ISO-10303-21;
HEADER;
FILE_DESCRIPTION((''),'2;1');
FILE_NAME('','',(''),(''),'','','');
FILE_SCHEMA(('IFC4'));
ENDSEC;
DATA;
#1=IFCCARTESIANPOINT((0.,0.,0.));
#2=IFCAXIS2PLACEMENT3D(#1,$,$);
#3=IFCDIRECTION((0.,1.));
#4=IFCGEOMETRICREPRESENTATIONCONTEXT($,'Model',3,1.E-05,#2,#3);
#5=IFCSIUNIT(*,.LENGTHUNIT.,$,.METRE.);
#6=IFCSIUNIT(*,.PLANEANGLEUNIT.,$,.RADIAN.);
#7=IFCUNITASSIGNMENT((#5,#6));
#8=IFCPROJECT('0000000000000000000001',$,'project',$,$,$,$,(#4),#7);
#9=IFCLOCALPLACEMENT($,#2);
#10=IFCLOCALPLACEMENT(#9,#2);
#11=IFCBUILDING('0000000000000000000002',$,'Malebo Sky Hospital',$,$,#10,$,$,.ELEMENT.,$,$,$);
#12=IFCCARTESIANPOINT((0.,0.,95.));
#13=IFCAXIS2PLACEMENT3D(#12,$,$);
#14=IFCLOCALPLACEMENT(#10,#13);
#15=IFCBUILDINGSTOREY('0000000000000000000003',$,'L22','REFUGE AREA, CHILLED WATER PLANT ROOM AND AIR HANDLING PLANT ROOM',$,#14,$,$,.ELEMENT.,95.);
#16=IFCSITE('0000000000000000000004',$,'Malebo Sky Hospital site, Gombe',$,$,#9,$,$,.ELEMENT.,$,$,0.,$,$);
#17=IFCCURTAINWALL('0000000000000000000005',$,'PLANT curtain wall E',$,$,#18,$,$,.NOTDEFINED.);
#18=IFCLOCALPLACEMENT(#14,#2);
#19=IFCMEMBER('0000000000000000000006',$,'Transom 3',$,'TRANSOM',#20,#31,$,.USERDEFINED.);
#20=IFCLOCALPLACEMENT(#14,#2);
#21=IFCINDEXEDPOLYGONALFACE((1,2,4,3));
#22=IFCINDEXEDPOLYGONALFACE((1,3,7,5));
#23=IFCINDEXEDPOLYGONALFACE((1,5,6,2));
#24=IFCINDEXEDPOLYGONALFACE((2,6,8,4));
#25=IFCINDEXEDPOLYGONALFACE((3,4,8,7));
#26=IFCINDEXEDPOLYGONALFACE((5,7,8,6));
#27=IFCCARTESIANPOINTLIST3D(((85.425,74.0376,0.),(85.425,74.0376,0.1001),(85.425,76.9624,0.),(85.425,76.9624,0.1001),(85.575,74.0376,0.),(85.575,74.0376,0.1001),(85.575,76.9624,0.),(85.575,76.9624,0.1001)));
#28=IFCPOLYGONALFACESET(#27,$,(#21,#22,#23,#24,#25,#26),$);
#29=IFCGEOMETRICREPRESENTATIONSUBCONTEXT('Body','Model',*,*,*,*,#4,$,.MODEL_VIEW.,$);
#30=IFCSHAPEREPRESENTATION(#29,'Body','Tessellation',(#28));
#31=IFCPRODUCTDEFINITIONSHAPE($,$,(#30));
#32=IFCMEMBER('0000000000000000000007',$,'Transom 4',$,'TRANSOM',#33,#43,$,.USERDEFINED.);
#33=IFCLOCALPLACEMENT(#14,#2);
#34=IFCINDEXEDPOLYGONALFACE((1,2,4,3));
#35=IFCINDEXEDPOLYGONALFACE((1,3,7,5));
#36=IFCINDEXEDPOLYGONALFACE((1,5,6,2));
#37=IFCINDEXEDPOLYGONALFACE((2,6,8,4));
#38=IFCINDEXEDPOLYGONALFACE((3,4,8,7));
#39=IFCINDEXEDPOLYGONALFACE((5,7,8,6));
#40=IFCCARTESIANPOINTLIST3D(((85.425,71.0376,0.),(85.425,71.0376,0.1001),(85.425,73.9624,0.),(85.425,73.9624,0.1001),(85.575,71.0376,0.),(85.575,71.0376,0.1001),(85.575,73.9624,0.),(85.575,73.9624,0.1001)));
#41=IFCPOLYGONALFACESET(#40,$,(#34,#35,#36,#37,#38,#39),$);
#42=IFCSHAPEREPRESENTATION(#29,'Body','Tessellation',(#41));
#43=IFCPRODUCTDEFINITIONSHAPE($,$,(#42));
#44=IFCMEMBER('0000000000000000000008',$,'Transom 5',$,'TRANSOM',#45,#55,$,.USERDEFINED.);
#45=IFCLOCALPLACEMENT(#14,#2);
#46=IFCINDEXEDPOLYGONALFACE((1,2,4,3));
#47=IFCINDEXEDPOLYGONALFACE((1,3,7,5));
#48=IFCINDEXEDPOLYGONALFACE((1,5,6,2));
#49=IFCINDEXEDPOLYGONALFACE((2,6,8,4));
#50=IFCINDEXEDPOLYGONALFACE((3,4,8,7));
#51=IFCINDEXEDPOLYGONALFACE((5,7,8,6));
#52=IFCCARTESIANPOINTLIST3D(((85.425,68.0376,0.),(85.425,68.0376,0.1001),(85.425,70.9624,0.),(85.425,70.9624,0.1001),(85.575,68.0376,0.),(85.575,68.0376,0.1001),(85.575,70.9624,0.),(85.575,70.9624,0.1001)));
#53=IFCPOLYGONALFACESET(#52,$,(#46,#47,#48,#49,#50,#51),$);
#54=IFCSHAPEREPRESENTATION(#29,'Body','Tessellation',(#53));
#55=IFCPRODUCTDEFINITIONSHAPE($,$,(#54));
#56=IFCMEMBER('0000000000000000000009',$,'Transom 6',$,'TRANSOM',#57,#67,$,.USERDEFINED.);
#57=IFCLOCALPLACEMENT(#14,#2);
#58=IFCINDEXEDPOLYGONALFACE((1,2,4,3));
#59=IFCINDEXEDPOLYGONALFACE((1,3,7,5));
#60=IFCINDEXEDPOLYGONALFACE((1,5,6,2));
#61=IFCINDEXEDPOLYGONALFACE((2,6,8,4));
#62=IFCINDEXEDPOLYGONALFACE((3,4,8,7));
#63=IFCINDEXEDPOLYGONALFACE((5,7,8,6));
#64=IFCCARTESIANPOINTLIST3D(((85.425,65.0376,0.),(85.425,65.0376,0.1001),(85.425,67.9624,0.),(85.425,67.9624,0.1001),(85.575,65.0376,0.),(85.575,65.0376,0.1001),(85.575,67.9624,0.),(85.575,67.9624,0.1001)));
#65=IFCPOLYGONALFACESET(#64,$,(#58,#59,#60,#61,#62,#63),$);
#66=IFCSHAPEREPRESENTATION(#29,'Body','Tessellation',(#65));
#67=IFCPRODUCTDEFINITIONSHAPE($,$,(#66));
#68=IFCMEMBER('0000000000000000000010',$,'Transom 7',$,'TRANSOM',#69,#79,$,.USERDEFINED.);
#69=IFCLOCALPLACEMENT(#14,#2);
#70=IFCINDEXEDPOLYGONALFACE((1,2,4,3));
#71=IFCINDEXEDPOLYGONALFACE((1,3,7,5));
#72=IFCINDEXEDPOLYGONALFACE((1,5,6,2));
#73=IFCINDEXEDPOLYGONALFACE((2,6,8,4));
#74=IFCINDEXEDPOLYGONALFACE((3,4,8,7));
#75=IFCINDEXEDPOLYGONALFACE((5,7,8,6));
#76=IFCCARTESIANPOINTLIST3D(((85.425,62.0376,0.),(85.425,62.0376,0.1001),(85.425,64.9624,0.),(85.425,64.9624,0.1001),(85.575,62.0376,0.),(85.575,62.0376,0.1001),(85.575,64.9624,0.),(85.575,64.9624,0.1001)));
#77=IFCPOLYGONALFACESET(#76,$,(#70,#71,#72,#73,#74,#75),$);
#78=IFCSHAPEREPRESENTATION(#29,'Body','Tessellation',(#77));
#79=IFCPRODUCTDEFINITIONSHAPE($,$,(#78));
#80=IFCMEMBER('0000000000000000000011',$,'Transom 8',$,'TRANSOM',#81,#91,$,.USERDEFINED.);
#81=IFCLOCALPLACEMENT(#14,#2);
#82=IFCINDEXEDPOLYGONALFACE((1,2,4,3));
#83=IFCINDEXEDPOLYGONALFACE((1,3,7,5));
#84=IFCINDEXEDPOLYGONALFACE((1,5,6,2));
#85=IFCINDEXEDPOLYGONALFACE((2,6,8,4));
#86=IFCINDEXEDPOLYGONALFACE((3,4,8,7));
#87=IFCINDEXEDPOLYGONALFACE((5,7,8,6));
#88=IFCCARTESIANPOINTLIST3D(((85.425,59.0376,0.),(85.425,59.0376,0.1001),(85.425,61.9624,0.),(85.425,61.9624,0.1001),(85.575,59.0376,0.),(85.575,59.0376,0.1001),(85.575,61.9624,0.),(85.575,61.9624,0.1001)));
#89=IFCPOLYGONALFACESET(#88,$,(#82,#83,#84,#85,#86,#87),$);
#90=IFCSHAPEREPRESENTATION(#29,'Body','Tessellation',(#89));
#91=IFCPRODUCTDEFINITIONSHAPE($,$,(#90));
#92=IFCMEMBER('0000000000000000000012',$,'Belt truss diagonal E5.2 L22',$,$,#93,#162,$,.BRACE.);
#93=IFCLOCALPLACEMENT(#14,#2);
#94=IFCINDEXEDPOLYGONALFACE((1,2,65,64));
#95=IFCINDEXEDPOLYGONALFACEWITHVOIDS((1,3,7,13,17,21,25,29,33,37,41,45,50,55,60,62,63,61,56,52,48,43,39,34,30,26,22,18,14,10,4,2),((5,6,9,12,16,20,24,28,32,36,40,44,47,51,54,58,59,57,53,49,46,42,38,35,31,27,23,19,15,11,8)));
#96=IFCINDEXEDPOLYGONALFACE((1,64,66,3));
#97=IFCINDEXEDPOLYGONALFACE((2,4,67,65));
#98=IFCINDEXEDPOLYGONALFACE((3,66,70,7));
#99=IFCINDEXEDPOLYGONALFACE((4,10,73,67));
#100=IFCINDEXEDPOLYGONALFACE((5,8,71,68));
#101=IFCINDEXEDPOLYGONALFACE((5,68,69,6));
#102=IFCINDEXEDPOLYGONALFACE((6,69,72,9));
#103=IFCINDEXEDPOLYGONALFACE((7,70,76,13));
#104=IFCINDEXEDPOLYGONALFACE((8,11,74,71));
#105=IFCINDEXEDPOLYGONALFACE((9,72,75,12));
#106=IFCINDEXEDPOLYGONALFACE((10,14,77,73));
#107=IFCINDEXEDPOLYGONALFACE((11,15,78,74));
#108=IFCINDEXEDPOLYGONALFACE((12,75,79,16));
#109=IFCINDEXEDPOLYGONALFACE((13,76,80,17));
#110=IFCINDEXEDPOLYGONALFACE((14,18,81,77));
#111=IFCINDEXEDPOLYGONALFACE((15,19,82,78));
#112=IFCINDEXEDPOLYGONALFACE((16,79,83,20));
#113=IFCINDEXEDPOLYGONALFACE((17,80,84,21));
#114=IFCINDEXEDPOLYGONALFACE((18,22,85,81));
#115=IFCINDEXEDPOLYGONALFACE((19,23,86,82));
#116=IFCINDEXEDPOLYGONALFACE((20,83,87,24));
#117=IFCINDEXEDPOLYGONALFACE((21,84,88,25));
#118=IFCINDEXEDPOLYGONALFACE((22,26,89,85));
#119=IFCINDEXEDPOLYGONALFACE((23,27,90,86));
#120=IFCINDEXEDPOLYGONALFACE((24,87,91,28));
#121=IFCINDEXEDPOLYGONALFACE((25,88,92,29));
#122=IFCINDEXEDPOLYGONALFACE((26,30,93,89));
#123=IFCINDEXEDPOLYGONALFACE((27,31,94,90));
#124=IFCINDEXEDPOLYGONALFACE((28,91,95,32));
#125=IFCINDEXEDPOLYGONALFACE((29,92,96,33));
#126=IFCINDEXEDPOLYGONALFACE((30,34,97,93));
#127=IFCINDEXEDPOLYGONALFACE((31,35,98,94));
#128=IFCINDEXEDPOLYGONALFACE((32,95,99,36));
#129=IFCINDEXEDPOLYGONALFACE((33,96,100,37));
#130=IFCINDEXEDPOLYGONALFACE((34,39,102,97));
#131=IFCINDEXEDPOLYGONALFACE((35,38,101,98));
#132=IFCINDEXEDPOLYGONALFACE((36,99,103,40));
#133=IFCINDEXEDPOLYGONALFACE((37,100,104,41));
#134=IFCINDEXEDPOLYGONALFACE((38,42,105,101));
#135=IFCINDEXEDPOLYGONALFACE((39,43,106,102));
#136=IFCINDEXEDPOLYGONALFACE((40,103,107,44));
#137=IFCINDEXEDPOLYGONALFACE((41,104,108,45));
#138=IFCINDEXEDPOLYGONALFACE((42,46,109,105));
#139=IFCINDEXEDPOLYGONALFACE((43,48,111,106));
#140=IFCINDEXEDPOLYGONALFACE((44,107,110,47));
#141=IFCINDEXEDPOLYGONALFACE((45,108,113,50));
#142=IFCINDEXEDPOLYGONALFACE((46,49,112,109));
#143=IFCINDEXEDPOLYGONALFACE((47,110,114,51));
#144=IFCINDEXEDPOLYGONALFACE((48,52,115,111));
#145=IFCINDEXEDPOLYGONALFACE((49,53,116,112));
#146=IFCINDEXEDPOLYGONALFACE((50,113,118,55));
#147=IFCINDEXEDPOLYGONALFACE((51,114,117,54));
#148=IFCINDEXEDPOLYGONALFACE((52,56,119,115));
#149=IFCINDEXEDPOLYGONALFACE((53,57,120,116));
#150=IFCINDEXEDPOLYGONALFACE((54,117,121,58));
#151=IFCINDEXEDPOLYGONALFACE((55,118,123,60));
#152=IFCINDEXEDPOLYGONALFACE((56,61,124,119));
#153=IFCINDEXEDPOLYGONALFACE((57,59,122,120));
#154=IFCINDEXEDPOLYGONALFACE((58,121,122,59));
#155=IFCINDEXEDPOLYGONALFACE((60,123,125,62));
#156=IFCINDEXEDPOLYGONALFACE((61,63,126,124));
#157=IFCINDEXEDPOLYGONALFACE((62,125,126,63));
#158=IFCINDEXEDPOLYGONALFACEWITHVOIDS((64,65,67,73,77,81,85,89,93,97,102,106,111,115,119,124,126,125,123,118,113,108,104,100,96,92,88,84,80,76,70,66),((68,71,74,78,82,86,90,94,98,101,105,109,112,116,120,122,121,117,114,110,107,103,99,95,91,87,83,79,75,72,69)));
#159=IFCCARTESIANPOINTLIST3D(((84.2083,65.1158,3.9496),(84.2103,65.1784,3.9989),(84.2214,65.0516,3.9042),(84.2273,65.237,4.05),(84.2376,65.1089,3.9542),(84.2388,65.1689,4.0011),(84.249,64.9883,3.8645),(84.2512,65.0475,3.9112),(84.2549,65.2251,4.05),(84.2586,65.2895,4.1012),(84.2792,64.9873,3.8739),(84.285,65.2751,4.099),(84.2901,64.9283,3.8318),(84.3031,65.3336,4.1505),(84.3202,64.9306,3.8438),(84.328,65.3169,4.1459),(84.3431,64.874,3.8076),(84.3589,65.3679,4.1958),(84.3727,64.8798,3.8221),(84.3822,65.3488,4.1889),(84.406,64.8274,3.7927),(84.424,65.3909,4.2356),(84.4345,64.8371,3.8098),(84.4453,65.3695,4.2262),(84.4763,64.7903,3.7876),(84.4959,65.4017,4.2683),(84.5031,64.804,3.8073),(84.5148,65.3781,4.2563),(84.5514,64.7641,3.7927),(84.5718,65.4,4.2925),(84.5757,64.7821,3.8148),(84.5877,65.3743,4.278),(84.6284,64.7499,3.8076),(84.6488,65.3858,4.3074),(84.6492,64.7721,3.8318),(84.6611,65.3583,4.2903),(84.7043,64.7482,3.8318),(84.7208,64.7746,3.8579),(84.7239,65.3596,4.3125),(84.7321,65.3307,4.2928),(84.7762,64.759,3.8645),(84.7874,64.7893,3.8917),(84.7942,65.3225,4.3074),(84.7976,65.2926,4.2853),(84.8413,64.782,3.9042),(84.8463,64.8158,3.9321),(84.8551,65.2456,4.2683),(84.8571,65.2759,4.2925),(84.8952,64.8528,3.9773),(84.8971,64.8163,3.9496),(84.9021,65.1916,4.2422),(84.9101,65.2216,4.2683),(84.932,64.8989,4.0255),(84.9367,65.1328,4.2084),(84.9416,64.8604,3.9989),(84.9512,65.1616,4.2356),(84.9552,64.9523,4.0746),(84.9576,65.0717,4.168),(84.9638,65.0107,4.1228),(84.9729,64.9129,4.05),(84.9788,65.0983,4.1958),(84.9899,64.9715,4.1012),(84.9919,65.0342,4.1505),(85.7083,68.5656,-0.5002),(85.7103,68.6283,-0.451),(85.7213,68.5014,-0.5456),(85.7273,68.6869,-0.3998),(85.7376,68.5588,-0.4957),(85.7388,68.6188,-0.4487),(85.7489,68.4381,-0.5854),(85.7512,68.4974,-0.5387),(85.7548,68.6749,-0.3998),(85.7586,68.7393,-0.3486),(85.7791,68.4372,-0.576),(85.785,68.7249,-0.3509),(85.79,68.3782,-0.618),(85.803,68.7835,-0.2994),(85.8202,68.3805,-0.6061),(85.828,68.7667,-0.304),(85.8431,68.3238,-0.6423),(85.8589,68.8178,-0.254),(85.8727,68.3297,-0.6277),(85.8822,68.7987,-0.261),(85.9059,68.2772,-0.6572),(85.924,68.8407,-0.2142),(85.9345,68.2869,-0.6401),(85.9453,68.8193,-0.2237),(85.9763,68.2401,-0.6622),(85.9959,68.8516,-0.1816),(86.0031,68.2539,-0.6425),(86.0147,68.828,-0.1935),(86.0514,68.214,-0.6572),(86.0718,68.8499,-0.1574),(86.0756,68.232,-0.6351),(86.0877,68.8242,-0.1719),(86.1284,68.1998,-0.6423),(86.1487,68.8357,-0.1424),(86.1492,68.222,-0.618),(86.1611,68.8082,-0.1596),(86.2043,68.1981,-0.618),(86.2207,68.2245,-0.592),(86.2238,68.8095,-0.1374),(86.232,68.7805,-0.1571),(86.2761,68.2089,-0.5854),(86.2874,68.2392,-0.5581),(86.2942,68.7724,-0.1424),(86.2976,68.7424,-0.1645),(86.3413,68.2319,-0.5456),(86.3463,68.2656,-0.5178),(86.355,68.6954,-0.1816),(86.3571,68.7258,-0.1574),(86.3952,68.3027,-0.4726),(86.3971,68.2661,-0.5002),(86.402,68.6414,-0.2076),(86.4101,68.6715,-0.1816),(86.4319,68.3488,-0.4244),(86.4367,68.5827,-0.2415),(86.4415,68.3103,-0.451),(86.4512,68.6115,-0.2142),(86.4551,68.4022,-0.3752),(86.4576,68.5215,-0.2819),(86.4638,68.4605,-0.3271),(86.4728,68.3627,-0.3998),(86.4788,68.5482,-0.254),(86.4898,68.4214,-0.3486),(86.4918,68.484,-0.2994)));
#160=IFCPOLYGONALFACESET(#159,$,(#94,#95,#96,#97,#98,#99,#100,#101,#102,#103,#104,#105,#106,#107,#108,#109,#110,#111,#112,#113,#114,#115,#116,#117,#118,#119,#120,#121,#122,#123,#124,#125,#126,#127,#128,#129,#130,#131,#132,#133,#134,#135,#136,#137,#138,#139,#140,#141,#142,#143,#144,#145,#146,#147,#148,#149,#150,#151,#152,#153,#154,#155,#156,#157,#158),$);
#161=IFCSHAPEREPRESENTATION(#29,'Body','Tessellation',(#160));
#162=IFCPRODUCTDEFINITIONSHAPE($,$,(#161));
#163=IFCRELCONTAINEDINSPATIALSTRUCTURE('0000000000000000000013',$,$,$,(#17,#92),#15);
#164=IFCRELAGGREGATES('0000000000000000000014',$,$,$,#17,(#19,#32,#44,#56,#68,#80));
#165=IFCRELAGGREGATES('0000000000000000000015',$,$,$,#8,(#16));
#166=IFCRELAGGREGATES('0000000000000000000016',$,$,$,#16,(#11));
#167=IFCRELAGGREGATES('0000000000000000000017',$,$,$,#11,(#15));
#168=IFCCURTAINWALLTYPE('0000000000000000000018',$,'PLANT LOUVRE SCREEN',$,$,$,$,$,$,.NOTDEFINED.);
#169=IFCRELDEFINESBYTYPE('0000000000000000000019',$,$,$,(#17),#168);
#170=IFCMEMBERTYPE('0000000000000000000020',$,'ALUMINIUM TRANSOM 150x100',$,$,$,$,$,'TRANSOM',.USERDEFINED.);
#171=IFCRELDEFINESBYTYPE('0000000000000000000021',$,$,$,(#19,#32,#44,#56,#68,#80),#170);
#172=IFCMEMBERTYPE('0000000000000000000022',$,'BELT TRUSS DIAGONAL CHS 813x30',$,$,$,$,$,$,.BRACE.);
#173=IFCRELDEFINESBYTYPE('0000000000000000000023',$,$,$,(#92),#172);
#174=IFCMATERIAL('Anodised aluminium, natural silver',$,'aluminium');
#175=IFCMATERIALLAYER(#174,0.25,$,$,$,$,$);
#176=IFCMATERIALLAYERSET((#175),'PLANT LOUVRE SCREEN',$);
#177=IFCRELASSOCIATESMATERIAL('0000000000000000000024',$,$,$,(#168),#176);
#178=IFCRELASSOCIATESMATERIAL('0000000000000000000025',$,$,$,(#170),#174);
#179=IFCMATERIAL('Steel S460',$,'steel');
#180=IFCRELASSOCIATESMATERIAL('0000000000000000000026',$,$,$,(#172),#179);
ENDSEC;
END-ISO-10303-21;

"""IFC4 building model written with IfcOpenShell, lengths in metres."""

from ifc_helpers import new_model, si_unit, direction, frame, origin, origin_2d, place, context, subcontext, project, spatial, rectangle, hollow_circle, extrude, material, layer, layer_set, material_profile, profile_set, type_object, element, aggregate, save


model = new_model("IFC4")

# Units and contexts
model_context = context("Model", 3, precision=1e-05, world=origin(), true_north=direction((0.0, 1.0)))
body_context = subcontext(model_context, "Body", "Model", "MODEL_VIEW")
ifc_project = project(units=[si_unit("LENGTHUNIT", "METRE"), si_unit("PLANEANGLEUNIT", "RADIAN")], contexts=[model_context])

# Site, building, storey
site_placement = place(None, origin())
site = spatial("IfcSite", under=ifc_project, at=site_placement, Name="Malebo Sky Hospital site, Gombe", CompositionType="ELEMENT", RefElevation=0.0)
building_placement = place(site_placement, origin())
building = spatial("IfcBuilding", under=site, at=building_placement, Name="Malebo Sky Hospital", CompositionType="ELEMENT")
storey_placement = place(building_placement, frame((0.0, 0.0, 95.0)))
storey = spatial("IfcBuildingStorey", under=building, at=storey_placement, Name="L22", Description="REFUGE AREA, CHILLED WATER PLANT ROOM AND AIR HANDLING PLANT ROOM", CompositionType="ELEMENT", Elevation=95.0)

# Curtain wall, members
ifc_material_1 = material(Name="Anodised aluminium, natural silver", Category="aluminium")
ifc_layer_1 = layer(ifc_material_1, 0.25)
ifc_layer_set_1 = layer_set([ifc_layer_1], Name="PLANT LOUVRE SCREEN")
curtain_wall_type = type_object("IfcCurtainWallType", Name="PLANT LOUVRE SCREEN", PredefinedType="NOTDEFINED", material=ifc_layer_set_1)
curtain_wall_placement = place(storey_placement, origin())
curtain_wall = element("IfcCurtainWall", 1, at=curtain_wall_placement, inside=storey, type_object=curtain_wall_type, Name="PLANT curtain wall E", PredefinedType="NOTDEFINED")
ifc_material_profile_1 = material_profile(ifc_material_1, rectangle(XDim=0.1499, YDim=0.1001, at=origin_2d()), Name="ALUMINIUM TRANSOM 150x100")
ifc_profile_set_1 = profile_set([ifc_material_profile_1], Name="Anodised aluminium, natural silver")
member_type_1 = type_object("IfcMemberType", Name="ALUMINIUM TRANSOM 150x100", ElementType="TRANSOM", PredefinedType="USERDEFINED", material=ifc_profile_set_1)
member_1_placement = place(storey_placement, frame((85.5, 76.9624, 0.05), z_axis=(0.0, -1.0, 0.0), x_axis=(1.0, 0.0, 0.0)))
member_1 = element("IfcMember", 2, at=member_1_placement, type_object=member_type_1, Name="Transom 3", ObjectType="TRANSOM", PredefinedType="USERDEFINED", context=body_context, shape_type="SweptSolid", body=[
    extrude(rectangle(XDim=0.1499, YDim=0.1001, at=origin_2d()), origin(), (0.0, 0.0, 1.0), 2.9248),
])
member_2_placement = place(storey_placement, frame((85.5, 73.9624, 0.05), z_axis=(0.0, -1.0, 0.0), x_axis=(1.0, 0.0, 0.0)))
member_2 = element("IfcMember", 3, at=member_2_placement, type_object=member_type_1, Name="Transom 4", ObjectType="TRANSOM", PredefinedType="USERDEFINED", context=body_context, shape_type="SweptSolid", body=[
    extrude(rectangle(XDim=0.1499, YDim=0.1001, at=origin_2d()), origin(), (0.0, 0.0, 1.0), 2.9248),
])
member_3_placement = place(storey_placement, frame((85.5, 70.9624, 0.05), z_axis=(0.0, -1.0, 0.0), x_axis=(1.0, 0.0, 0.0)))
member_3 = element("IfcMember", 4, at=member_3_placement, type_object=member_type_1, Name="Transom 5", ObjectType="TRANSOM", PredefinedType="USERDEFINED", context=body_context, shape_type="SweptSolid", body=[
    extrude(rectangle(XDim=0.1499, YDim=0.1001, at=origin_2d()), origin(), (0.0, 0.0, 1.0), 2.9248),
])
member_4_placement = place(storey_placement, frame((85.5, 67.9624, 0.05), z_axis=(0.0, -1.0, 0.0), x_axis=(1.0, 0.0, 0.0)))
member_4 = element("IfcMember", 5, at=member_4_placement, type_object=member_type_1, Name="Transom 6", ObjectType="TRANSOM", PredefinedType="USERDEFINED", context=body_context, shape_type="SweptSolid", body=[
    extrude(rectangle(XDim=0.1499, YDim=0.1001, at=origin_2d()), origin(), (0.0, 0.0, 1.0), 2.9248),
])
member_5_placement = place(storey_placement, frame((85.5, 64.9624, 0.05), z_axis=(0.0, -1.0, 0.0), x_axis=(1.0, 0.0, 0.0)))
member_5 = element("IfcMember", 6, at=member_5_placement, type_object=member_type_1, Name="Transom 7", ObjectType="TRANSOM", PredefinedType="USERDEFINED", context=body_context, shape_type="SweptSolid", body=[
    extrude(rectangle(XDim=0.1499, YDim=0.1001, at=origin_2d()), origin(), (0.0, 0.0, 1.0), 2.9248),
])
member_6_placement = place(storey_placement, frame((85.5, 61.9624, 0.05), z_axis=(0.0, -1.0, 0.0), x_axis=(1.0, 0.0, 0.0)))
member_6 = element("IfcMember", 7, at=member_6_placement, type_object=member_type_1, Name="Transom 8", ObjectType="TRANSOM", PredefinedType="USERDEFINED", context=body_context, shape_type="SweptSolid", body=[
    extrude(rectangle(XDim=0.1499, YDim=0.1001, at=origin_2d()), origin(), (0.0, 0.0, 1.0), 2.9248),
])

# Member
ifc_material_2 = material(Name="Steel S460", Category="steel")
ifc_material_profile_2 = material_profile(ifc_material_2, hollow_circle(Radius=0.4065, WallThickness=0.03, at=origin_2d()), Name="CHS 813x30")
ifc_profile_set_2 = profile_set([ifc_material_profile_2], Name="Steel S460")
member_type_2 = type_object("IfcMemberType", Name="BELT TRUSS DIAGONAL CHS 813x30", PredefinedType="BRACE", material=ifc_profile_set_2)
member_7_placement = place(storey_placement, frame((84.6001, 65.075, 4.05), z_axis=(0.257421, 0.59206, -0.763675), x_axis=(-0.917068, 0.398731, 0.0)))
element("IfcMember", 8, at=member_7_placement, inside=storey, type_object=member_type_2, Name="Belt truss diagonal E5.2 L22", PredefinedType="BRACE", context=body_context, shape_type="SweptSolid", body=[
    extrude(hollow_circle(Radius=0.4065, WallThickness=0.03, at=origin_2d()), origin(), (0.0, 0.0, 1.0), 5.8269),
])

aggregate(curtain_wall, [member_1, member_2, member_3, member_4, member_5, member_6])

save(model, "model.ifc")
